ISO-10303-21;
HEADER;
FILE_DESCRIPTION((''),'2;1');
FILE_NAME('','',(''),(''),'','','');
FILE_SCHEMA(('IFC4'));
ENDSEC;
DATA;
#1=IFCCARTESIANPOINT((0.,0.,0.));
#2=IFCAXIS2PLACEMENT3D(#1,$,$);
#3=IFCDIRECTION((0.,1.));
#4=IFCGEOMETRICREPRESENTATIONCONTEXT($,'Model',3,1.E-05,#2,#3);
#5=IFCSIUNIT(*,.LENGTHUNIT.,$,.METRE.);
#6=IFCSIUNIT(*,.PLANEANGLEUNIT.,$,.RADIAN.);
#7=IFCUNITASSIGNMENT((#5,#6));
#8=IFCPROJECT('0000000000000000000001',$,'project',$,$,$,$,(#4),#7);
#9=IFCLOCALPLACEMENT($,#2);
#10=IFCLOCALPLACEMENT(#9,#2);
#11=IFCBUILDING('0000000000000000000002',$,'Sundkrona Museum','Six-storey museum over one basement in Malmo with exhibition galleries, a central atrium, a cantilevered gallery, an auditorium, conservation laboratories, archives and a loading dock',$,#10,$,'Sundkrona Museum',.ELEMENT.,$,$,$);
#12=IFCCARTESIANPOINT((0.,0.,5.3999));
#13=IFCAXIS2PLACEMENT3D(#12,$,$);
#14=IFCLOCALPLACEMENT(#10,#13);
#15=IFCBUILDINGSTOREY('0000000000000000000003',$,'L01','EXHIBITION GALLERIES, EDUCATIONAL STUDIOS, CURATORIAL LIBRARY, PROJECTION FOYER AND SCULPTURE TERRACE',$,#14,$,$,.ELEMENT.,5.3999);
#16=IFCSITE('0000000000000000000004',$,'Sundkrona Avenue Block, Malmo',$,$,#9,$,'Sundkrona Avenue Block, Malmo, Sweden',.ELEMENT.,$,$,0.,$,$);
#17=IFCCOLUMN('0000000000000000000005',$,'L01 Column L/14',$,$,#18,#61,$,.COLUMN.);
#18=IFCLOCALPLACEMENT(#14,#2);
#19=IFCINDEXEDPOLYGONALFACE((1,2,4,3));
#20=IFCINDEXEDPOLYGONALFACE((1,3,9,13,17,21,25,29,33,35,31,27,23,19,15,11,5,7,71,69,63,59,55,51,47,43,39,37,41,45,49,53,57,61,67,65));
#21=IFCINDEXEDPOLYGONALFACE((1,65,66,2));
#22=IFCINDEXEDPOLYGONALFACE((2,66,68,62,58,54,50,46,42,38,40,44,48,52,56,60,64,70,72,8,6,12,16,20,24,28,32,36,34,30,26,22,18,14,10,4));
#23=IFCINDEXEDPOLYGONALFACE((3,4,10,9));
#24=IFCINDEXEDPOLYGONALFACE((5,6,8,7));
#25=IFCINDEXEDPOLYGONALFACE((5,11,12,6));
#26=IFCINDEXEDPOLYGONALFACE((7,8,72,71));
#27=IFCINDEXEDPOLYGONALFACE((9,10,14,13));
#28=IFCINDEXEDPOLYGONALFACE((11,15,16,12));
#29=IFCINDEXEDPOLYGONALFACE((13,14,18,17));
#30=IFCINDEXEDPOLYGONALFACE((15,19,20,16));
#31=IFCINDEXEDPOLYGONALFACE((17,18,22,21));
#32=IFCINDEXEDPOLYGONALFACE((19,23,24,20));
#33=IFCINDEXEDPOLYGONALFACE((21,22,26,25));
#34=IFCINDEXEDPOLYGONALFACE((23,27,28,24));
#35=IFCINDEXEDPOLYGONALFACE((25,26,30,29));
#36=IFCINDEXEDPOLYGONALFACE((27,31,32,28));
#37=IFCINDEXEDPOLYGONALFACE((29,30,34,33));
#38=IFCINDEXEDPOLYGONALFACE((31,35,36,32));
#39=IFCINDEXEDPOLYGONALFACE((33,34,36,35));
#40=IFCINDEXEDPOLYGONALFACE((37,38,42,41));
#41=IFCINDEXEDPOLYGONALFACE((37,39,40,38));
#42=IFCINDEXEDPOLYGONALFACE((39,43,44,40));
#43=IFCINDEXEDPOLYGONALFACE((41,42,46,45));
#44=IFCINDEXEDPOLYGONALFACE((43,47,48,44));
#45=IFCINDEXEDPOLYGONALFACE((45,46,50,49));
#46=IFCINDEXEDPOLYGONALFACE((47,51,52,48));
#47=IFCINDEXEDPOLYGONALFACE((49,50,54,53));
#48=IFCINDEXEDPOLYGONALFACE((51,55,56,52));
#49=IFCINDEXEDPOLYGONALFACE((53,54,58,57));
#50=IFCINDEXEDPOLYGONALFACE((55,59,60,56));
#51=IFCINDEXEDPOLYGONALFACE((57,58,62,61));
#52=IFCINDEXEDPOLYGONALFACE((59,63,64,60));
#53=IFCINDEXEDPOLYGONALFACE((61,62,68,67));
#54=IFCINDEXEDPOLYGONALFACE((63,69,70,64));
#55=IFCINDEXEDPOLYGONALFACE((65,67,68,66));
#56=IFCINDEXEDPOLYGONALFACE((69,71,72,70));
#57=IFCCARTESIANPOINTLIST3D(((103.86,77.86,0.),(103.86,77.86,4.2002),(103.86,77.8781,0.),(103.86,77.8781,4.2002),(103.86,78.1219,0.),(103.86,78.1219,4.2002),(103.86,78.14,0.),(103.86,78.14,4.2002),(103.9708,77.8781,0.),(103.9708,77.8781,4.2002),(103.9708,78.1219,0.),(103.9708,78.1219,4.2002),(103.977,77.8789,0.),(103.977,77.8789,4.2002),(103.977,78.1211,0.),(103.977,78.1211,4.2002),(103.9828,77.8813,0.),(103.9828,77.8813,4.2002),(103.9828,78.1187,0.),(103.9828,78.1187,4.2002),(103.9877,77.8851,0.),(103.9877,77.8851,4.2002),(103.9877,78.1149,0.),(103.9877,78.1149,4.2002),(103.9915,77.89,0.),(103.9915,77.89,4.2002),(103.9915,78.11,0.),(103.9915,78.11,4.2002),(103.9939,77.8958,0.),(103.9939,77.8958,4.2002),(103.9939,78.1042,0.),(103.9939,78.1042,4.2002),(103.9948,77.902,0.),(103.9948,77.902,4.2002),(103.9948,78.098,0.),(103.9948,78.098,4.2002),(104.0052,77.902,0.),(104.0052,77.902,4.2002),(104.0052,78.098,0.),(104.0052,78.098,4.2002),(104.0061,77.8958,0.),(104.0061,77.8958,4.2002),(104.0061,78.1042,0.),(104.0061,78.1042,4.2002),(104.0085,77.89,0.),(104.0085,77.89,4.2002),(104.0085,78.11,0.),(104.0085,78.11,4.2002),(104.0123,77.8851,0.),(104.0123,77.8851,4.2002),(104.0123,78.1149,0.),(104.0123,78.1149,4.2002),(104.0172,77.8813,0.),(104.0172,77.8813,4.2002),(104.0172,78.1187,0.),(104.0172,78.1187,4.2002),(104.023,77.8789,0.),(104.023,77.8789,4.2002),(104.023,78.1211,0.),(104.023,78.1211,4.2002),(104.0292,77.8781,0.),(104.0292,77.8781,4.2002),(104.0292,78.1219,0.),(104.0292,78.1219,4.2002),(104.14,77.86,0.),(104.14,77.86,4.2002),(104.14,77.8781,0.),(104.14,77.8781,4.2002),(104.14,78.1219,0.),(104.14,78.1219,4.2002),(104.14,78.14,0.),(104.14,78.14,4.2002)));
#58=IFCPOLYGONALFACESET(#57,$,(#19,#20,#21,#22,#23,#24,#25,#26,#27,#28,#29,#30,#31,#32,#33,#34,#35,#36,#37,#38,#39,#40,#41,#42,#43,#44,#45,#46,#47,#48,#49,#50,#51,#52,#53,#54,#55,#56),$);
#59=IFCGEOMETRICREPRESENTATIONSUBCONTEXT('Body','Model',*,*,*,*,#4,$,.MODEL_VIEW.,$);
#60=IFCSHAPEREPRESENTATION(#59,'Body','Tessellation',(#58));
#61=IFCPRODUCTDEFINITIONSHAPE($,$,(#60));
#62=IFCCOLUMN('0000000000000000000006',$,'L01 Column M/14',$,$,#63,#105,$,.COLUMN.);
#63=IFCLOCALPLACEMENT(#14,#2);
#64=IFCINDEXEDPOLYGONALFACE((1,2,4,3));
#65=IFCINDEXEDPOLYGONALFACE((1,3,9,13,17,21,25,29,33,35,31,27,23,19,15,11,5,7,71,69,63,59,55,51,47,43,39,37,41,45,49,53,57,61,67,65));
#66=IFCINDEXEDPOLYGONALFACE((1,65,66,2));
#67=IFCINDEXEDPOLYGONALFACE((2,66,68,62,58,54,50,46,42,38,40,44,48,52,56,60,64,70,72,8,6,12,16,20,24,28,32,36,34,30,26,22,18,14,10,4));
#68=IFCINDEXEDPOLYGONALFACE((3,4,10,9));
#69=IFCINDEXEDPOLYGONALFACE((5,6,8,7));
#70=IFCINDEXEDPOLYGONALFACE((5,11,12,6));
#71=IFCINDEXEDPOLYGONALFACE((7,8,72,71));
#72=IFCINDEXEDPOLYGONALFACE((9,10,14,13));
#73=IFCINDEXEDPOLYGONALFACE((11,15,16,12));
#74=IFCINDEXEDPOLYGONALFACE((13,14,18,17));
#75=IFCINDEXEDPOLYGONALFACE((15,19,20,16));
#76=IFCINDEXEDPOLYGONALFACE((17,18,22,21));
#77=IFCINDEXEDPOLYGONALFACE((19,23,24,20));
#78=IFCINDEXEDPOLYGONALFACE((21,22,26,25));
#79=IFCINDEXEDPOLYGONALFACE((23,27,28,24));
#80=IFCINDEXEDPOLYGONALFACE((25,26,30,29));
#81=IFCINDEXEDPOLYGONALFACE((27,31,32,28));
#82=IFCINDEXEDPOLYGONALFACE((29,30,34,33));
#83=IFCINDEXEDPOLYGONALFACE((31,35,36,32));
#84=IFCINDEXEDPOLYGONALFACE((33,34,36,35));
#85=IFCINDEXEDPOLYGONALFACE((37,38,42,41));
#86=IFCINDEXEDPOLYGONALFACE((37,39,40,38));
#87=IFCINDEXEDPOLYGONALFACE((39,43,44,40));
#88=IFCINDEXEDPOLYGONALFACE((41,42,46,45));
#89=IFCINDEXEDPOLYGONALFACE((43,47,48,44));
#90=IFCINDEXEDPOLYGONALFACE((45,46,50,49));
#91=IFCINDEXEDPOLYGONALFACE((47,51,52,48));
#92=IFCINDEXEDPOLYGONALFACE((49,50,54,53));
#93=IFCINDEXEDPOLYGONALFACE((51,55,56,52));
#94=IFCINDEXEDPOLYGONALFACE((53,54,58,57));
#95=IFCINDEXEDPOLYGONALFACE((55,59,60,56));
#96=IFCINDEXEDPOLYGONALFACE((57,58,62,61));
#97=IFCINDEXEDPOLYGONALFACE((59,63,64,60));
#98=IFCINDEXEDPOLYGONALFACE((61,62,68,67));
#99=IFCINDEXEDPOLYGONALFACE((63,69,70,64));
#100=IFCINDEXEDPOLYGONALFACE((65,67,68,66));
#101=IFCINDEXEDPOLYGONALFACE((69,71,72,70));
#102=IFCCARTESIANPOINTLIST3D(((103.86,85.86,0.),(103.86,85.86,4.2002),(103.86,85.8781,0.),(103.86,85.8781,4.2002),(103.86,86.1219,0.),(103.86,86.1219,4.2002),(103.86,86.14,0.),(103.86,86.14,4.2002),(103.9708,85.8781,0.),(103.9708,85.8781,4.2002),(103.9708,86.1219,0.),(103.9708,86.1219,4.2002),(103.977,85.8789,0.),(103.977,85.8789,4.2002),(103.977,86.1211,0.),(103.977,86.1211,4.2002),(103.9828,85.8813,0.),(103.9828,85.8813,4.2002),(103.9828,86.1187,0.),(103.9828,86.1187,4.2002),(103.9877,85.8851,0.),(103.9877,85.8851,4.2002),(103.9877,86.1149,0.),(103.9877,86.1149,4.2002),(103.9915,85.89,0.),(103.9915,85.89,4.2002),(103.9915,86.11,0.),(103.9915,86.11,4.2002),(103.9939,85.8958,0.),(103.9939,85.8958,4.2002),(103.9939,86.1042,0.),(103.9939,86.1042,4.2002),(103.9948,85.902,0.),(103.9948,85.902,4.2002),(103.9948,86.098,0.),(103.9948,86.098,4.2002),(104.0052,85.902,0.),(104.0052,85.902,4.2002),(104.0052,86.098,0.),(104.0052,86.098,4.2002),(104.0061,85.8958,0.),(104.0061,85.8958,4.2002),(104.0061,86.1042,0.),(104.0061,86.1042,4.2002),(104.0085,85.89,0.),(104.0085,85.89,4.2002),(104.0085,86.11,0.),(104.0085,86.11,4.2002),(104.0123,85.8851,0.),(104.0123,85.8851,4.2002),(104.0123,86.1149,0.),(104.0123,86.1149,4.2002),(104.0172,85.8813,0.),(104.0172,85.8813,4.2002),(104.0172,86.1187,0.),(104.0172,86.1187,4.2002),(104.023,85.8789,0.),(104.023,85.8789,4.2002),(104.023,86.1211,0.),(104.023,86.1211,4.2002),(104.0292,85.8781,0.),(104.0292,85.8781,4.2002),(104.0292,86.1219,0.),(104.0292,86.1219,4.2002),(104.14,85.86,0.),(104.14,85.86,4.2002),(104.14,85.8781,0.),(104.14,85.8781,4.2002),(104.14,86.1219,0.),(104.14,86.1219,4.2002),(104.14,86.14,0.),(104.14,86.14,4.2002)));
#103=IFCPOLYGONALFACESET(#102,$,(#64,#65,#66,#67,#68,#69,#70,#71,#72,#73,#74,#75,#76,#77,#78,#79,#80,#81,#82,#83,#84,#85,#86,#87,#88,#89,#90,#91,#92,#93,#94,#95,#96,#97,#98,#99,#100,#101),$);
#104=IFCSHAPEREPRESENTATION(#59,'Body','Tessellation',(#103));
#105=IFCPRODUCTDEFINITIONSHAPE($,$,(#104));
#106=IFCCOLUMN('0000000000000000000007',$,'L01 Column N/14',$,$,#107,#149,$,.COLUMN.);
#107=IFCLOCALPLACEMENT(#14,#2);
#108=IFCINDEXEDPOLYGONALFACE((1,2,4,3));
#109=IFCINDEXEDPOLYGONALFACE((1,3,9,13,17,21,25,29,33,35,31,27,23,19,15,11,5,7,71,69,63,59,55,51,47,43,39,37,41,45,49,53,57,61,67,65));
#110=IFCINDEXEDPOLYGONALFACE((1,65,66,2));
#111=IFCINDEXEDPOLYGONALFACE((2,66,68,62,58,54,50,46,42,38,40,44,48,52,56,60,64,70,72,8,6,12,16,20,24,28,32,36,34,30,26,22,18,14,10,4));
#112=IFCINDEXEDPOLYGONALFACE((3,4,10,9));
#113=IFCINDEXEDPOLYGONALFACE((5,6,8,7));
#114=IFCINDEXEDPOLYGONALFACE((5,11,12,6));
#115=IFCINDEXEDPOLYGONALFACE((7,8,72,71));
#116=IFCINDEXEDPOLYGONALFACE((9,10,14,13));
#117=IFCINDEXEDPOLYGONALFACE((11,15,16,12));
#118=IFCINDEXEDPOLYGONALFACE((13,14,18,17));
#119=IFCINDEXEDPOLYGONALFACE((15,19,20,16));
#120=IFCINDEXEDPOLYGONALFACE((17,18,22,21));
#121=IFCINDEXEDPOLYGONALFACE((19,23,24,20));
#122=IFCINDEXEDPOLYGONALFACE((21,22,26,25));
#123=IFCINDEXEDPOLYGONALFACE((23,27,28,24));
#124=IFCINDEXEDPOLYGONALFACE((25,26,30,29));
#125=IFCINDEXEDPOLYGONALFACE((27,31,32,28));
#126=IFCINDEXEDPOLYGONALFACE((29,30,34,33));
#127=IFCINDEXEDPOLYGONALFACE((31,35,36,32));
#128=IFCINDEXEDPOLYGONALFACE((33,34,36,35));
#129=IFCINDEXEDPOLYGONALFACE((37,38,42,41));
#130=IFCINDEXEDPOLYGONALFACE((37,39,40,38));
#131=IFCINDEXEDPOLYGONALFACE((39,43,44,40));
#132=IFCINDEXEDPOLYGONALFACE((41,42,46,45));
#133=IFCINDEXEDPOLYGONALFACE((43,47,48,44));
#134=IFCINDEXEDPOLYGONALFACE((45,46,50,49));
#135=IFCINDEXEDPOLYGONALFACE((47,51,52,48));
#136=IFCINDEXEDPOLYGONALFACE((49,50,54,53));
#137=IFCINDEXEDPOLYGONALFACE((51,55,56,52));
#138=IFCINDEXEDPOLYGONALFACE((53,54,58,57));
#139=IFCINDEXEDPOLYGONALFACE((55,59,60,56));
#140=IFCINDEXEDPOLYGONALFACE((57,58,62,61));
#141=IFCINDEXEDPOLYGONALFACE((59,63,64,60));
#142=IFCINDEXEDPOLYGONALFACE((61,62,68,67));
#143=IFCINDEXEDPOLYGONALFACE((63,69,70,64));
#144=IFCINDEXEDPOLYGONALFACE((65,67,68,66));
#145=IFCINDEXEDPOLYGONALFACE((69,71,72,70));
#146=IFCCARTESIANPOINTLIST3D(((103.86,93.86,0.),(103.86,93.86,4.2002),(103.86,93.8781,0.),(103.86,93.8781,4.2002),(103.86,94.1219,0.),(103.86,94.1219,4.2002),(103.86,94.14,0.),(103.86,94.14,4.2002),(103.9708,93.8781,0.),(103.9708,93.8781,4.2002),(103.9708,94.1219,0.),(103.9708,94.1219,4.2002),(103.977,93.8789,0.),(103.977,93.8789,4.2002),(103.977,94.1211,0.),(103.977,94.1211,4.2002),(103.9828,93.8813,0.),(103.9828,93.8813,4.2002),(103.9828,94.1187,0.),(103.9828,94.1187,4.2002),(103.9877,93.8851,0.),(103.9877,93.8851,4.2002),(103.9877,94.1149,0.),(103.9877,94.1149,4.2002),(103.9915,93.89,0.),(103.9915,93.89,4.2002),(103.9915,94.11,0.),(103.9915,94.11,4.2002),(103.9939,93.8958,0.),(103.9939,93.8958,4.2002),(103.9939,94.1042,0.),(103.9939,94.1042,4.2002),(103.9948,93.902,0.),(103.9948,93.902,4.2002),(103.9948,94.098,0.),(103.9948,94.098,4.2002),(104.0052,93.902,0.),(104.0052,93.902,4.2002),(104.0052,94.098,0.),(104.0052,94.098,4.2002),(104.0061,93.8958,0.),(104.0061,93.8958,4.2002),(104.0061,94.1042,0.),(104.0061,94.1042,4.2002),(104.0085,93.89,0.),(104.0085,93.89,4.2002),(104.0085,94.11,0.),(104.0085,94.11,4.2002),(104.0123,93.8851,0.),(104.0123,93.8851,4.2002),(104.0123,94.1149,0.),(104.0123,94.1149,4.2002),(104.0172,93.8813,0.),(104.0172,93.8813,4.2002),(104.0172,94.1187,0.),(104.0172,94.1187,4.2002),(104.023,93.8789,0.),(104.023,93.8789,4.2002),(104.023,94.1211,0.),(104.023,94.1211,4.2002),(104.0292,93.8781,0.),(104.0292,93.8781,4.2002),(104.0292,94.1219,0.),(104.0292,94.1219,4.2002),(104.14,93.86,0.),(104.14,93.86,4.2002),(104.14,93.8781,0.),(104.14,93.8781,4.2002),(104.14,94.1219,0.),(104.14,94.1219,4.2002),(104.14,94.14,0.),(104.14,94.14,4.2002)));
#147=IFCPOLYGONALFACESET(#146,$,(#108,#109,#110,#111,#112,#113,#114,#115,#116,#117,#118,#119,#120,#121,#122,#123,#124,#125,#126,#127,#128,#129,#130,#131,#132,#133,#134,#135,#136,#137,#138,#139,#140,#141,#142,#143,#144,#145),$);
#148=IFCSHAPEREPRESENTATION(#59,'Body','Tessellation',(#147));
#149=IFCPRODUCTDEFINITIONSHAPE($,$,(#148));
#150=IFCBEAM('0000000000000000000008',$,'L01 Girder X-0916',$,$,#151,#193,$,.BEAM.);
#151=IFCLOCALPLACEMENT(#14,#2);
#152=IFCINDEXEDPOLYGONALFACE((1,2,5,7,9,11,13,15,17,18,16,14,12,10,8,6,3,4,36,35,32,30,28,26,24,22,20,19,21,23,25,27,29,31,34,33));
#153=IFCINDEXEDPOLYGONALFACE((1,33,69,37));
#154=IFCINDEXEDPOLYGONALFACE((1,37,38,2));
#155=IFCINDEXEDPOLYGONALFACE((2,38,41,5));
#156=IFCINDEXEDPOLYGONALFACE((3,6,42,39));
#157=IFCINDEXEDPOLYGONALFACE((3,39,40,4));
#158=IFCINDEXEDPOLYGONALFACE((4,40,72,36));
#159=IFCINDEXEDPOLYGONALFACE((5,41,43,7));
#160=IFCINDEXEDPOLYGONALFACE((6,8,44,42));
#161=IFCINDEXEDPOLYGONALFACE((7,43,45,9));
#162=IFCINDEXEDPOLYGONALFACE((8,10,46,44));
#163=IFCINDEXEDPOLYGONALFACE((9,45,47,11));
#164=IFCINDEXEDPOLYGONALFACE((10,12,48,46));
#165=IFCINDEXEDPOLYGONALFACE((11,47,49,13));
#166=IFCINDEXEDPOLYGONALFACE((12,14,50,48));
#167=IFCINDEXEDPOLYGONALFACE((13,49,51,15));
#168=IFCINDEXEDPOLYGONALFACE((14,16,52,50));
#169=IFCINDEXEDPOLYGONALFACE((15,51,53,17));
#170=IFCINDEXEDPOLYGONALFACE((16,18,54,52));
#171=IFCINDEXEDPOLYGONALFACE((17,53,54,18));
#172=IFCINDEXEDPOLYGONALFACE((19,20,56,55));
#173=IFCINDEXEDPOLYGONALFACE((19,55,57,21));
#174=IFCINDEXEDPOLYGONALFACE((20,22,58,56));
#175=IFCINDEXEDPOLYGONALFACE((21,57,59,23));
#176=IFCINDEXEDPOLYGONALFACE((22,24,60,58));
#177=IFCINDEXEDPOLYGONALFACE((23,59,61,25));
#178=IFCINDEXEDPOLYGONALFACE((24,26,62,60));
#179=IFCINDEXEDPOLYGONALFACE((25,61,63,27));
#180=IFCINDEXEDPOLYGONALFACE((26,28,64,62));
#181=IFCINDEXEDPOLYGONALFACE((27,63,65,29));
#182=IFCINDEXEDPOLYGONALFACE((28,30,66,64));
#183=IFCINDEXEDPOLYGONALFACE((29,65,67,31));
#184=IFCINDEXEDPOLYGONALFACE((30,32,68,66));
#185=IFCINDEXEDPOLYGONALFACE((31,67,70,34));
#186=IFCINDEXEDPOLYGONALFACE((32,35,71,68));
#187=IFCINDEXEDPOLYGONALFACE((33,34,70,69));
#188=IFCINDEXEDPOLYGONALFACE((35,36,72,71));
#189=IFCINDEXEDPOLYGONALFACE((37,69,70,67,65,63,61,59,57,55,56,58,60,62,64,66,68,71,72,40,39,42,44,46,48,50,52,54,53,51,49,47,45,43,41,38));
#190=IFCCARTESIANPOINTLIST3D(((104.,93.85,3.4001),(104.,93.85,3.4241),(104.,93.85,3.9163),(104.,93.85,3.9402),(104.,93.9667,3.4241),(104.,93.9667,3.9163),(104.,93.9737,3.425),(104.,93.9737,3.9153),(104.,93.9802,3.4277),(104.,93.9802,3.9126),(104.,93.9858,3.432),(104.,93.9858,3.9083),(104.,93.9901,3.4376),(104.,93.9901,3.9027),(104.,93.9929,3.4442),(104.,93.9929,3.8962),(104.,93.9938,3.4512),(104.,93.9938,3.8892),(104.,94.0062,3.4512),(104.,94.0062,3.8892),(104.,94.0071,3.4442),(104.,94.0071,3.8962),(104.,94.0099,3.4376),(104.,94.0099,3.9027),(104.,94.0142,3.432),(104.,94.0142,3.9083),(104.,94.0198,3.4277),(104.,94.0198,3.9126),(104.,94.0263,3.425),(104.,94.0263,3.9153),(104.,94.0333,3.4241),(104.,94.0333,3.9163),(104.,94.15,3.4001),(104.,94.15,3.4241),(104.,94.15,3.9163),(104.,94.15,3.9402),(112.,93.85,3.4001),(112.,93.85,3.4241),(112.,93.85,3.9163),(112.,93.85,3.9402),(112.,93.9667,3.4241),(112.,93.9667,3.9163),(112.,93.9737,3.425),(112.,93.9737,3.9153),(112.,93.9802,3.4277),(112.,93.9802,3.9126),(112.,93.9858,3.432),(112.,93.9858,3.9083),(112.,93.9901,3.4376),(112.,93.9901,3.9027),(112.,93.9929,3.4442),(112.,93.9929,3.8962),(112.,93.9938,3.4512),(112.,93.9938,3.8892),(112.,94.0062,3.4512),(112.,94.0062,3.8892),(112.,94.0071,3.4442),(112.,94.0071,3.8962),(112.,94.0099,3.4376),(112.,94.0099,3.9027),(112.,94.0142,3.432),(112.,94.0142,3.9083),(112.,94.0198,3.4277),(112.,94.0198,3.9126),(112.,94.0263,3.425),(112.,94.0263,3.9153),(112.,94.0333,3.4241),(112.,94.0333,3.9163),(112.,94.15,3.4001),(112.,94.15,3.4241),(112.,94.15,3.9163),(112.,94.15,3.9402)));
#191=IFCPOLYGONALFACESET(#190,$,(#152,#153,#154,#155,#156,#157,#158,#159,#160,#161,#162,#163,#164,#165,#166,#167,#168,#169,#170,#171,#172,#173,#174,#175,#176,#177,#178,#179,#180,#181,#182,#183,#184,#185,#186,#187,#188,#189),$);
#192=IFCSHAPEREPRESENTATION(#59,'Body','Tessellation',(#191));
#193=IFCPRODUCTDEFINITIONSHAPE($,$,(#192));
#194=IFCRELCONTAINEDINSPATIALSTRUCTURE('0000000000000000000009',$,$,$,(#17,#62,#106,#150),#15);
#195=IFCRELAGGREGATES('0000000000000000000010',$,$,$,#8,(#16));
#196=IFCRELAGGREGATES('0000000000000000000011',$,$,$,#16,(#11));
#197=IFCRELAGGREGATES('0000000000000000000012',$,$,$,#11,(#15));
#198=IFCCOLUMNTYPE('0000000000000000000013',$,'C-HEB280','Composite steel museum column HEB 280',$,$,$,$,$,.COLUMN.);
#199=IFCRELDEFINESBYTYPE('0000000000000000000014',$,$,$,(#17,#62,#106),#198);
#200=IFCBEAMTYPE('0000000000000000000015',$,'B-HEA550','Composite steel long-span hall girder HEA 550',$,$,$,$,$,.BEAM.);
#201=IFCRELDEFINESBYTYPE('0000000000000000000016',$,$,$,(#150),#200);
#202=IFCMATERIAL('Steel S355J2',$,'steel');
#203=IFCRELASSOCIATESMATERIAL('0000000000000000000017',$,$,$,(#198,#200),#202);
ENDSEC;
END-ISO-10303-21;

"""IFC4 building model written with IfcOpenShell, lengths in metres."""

from ifc_helpers import new_model, si_unit, direction, frame, origin, origin_2d, place, context, subcontext, project, spatial, i_section, extrude, material, material_profile, profile_set, type_object, element, save


model = new_model("IFC4")

# Units and contexts
model_context = context("Model", 3, precision=1e-05, world=origin(), true_north=direction((0.0, 1.0)))
body_context = subcontext(model_context, "Body", "Model", "MODEL_VIEW")
ifc_project = project(units=[si_unit("LENGTHUNIT", "METRE"), si_unit("PLANEANGLEUNIT", "RADIAN")], contexts=[model_context])

# Site, building, storey
site_placement = place(None, origin())
site = spatial("IfcSite", under=ifc_project, at=site_placement, Name="Sundkrona Avenue Block, Malmo", LongName="Sundkrona Avenue Block, Malmo, Sweden", CompositionType="ELEMENT", RefElevation=0.0)
building_placement = place(site_placement, origin())
building = spatial("IfcBuilding", under=site, at=building_placement, Name="Sundkrona Museum", Description="Six-storey museum over one basement in Malmo with exhibition galleries, a central atrium, a cantilevered gallery, an auditorium, conservation laboratories, archives and a loading dock", LongName="Sundkrona Museum", CompositionType="ELEMENT")
storey_placement = place(building_placement, frame((0.0, 0.0, 5.3999)))
storey = spatial("IfcBuildingStorey", under=building, at=storey_placement, Name="L01", Description="EXHIBITION GALLERIES, EDUCATIONAL STUDIOS, CURATORIAL LIBRARY, PROJECTION FOYER AND SCULPTURE TERRACE", CompositionType="ELEMENT", Elevation=5.3999)

# Columns
ifc_material_1 = material(Name="Steel S355J2", Category="steel")
ifc_material_profile_1 = material_profile(ifc_material_1, i_section(OverallWidth=0.28, OverallDepth=0.28, WebThickness=0.0105, FlangeThickness=0.0181, FilletRadius=0.0239, at=origin_2d()), Name="HEB 280")
ifc_profile_set_1 = profile_set([ifc_material_profile_1], Name="Steel S355J2")
column_type = type_object("IfcColumnType", Name="C-HEB280", Description="Composite steel museum column HEB 280", PredefinedType="COLUMN", material=ifc_profile_set_1)
for number, where, z_axis, x_axis, name in (
    (1, (104.0, 78.0, 0.0), (0.0, 0.0, 1.0), (1.0, 0.0, 0.0), "L01 Column L/14"),
    (2, (104.0, 86.0, 0.0), (0.0, 0.0, 1.0), (1.0, 0.0, 0.0), "L01 Column M/14"),
    (3, (104.0, 94.0, 0.0), (0.0, 0.0, 1.0), (1.0, 0.0, 0.0), "L01 Column N/14"),
):
    element("IfcColumn", number, at=place(storey_placement, frame(where, z_axis=z_axis, x_axis=x_axis)), inside=storey, type_object=column_type, Name=name, PredefinedType="COLUMN", context=body_context, shape_type="SweptSolid", body=[
        extrude(i_section(OverallWidth=0.28, OverallDepth=0.28, WebThickness=0.0105, FlangeThickness=0.0181, FilletRadius=0.0239, at=origin_2d()), origin(), (0.0, 0.0, 1.0), 4.2002),
    ])

# Beam
ifc_material_profile_2 = material_profile(ifc_material_1, i_section(OverallWidth=0.3, OverallDepth=0.54, WebThickness=0.0125, FlangeThickness=0.0239, FilletRadius=0.0271, at=origin_2d()), Name="HEA 550")
ifc_profile_set_2 = profile_set([ifc_material_profile_2], Name="Steel S355J2")
beam_type_1 = type_object("IfcBeamType", Name="B-HEA550", Description="Composite steel long-span hall girder HEA 550", PredefinedType="BEAM", material=ifc_profile_set_2)
beam_1_placement = place(storey_placement, frame((104.0, 94.0, 3.6702), z_axis=(1.0, 0.0, 0.0), x_axis=(0.0, 1.0, 0.0)))
element("IfcBeam", 4, at=beam_1_placement, inside=storey, type_object=beam_type_1, Name="L01 Girder X-0916", PredefinedType="BEAM", context=body_context, shape_type="SweptSolid", body=[
    extrude(i_section(OverallWidth=0.3, OverallDepth=0.54, WebThickness=0.0125, FlangeThickness=0.0239, FilletRadius=0.0271, at=origin_2d()), origin(), (0.0, 0.0, 1.0), 8.0),
])

save(model, "model.ifc")
